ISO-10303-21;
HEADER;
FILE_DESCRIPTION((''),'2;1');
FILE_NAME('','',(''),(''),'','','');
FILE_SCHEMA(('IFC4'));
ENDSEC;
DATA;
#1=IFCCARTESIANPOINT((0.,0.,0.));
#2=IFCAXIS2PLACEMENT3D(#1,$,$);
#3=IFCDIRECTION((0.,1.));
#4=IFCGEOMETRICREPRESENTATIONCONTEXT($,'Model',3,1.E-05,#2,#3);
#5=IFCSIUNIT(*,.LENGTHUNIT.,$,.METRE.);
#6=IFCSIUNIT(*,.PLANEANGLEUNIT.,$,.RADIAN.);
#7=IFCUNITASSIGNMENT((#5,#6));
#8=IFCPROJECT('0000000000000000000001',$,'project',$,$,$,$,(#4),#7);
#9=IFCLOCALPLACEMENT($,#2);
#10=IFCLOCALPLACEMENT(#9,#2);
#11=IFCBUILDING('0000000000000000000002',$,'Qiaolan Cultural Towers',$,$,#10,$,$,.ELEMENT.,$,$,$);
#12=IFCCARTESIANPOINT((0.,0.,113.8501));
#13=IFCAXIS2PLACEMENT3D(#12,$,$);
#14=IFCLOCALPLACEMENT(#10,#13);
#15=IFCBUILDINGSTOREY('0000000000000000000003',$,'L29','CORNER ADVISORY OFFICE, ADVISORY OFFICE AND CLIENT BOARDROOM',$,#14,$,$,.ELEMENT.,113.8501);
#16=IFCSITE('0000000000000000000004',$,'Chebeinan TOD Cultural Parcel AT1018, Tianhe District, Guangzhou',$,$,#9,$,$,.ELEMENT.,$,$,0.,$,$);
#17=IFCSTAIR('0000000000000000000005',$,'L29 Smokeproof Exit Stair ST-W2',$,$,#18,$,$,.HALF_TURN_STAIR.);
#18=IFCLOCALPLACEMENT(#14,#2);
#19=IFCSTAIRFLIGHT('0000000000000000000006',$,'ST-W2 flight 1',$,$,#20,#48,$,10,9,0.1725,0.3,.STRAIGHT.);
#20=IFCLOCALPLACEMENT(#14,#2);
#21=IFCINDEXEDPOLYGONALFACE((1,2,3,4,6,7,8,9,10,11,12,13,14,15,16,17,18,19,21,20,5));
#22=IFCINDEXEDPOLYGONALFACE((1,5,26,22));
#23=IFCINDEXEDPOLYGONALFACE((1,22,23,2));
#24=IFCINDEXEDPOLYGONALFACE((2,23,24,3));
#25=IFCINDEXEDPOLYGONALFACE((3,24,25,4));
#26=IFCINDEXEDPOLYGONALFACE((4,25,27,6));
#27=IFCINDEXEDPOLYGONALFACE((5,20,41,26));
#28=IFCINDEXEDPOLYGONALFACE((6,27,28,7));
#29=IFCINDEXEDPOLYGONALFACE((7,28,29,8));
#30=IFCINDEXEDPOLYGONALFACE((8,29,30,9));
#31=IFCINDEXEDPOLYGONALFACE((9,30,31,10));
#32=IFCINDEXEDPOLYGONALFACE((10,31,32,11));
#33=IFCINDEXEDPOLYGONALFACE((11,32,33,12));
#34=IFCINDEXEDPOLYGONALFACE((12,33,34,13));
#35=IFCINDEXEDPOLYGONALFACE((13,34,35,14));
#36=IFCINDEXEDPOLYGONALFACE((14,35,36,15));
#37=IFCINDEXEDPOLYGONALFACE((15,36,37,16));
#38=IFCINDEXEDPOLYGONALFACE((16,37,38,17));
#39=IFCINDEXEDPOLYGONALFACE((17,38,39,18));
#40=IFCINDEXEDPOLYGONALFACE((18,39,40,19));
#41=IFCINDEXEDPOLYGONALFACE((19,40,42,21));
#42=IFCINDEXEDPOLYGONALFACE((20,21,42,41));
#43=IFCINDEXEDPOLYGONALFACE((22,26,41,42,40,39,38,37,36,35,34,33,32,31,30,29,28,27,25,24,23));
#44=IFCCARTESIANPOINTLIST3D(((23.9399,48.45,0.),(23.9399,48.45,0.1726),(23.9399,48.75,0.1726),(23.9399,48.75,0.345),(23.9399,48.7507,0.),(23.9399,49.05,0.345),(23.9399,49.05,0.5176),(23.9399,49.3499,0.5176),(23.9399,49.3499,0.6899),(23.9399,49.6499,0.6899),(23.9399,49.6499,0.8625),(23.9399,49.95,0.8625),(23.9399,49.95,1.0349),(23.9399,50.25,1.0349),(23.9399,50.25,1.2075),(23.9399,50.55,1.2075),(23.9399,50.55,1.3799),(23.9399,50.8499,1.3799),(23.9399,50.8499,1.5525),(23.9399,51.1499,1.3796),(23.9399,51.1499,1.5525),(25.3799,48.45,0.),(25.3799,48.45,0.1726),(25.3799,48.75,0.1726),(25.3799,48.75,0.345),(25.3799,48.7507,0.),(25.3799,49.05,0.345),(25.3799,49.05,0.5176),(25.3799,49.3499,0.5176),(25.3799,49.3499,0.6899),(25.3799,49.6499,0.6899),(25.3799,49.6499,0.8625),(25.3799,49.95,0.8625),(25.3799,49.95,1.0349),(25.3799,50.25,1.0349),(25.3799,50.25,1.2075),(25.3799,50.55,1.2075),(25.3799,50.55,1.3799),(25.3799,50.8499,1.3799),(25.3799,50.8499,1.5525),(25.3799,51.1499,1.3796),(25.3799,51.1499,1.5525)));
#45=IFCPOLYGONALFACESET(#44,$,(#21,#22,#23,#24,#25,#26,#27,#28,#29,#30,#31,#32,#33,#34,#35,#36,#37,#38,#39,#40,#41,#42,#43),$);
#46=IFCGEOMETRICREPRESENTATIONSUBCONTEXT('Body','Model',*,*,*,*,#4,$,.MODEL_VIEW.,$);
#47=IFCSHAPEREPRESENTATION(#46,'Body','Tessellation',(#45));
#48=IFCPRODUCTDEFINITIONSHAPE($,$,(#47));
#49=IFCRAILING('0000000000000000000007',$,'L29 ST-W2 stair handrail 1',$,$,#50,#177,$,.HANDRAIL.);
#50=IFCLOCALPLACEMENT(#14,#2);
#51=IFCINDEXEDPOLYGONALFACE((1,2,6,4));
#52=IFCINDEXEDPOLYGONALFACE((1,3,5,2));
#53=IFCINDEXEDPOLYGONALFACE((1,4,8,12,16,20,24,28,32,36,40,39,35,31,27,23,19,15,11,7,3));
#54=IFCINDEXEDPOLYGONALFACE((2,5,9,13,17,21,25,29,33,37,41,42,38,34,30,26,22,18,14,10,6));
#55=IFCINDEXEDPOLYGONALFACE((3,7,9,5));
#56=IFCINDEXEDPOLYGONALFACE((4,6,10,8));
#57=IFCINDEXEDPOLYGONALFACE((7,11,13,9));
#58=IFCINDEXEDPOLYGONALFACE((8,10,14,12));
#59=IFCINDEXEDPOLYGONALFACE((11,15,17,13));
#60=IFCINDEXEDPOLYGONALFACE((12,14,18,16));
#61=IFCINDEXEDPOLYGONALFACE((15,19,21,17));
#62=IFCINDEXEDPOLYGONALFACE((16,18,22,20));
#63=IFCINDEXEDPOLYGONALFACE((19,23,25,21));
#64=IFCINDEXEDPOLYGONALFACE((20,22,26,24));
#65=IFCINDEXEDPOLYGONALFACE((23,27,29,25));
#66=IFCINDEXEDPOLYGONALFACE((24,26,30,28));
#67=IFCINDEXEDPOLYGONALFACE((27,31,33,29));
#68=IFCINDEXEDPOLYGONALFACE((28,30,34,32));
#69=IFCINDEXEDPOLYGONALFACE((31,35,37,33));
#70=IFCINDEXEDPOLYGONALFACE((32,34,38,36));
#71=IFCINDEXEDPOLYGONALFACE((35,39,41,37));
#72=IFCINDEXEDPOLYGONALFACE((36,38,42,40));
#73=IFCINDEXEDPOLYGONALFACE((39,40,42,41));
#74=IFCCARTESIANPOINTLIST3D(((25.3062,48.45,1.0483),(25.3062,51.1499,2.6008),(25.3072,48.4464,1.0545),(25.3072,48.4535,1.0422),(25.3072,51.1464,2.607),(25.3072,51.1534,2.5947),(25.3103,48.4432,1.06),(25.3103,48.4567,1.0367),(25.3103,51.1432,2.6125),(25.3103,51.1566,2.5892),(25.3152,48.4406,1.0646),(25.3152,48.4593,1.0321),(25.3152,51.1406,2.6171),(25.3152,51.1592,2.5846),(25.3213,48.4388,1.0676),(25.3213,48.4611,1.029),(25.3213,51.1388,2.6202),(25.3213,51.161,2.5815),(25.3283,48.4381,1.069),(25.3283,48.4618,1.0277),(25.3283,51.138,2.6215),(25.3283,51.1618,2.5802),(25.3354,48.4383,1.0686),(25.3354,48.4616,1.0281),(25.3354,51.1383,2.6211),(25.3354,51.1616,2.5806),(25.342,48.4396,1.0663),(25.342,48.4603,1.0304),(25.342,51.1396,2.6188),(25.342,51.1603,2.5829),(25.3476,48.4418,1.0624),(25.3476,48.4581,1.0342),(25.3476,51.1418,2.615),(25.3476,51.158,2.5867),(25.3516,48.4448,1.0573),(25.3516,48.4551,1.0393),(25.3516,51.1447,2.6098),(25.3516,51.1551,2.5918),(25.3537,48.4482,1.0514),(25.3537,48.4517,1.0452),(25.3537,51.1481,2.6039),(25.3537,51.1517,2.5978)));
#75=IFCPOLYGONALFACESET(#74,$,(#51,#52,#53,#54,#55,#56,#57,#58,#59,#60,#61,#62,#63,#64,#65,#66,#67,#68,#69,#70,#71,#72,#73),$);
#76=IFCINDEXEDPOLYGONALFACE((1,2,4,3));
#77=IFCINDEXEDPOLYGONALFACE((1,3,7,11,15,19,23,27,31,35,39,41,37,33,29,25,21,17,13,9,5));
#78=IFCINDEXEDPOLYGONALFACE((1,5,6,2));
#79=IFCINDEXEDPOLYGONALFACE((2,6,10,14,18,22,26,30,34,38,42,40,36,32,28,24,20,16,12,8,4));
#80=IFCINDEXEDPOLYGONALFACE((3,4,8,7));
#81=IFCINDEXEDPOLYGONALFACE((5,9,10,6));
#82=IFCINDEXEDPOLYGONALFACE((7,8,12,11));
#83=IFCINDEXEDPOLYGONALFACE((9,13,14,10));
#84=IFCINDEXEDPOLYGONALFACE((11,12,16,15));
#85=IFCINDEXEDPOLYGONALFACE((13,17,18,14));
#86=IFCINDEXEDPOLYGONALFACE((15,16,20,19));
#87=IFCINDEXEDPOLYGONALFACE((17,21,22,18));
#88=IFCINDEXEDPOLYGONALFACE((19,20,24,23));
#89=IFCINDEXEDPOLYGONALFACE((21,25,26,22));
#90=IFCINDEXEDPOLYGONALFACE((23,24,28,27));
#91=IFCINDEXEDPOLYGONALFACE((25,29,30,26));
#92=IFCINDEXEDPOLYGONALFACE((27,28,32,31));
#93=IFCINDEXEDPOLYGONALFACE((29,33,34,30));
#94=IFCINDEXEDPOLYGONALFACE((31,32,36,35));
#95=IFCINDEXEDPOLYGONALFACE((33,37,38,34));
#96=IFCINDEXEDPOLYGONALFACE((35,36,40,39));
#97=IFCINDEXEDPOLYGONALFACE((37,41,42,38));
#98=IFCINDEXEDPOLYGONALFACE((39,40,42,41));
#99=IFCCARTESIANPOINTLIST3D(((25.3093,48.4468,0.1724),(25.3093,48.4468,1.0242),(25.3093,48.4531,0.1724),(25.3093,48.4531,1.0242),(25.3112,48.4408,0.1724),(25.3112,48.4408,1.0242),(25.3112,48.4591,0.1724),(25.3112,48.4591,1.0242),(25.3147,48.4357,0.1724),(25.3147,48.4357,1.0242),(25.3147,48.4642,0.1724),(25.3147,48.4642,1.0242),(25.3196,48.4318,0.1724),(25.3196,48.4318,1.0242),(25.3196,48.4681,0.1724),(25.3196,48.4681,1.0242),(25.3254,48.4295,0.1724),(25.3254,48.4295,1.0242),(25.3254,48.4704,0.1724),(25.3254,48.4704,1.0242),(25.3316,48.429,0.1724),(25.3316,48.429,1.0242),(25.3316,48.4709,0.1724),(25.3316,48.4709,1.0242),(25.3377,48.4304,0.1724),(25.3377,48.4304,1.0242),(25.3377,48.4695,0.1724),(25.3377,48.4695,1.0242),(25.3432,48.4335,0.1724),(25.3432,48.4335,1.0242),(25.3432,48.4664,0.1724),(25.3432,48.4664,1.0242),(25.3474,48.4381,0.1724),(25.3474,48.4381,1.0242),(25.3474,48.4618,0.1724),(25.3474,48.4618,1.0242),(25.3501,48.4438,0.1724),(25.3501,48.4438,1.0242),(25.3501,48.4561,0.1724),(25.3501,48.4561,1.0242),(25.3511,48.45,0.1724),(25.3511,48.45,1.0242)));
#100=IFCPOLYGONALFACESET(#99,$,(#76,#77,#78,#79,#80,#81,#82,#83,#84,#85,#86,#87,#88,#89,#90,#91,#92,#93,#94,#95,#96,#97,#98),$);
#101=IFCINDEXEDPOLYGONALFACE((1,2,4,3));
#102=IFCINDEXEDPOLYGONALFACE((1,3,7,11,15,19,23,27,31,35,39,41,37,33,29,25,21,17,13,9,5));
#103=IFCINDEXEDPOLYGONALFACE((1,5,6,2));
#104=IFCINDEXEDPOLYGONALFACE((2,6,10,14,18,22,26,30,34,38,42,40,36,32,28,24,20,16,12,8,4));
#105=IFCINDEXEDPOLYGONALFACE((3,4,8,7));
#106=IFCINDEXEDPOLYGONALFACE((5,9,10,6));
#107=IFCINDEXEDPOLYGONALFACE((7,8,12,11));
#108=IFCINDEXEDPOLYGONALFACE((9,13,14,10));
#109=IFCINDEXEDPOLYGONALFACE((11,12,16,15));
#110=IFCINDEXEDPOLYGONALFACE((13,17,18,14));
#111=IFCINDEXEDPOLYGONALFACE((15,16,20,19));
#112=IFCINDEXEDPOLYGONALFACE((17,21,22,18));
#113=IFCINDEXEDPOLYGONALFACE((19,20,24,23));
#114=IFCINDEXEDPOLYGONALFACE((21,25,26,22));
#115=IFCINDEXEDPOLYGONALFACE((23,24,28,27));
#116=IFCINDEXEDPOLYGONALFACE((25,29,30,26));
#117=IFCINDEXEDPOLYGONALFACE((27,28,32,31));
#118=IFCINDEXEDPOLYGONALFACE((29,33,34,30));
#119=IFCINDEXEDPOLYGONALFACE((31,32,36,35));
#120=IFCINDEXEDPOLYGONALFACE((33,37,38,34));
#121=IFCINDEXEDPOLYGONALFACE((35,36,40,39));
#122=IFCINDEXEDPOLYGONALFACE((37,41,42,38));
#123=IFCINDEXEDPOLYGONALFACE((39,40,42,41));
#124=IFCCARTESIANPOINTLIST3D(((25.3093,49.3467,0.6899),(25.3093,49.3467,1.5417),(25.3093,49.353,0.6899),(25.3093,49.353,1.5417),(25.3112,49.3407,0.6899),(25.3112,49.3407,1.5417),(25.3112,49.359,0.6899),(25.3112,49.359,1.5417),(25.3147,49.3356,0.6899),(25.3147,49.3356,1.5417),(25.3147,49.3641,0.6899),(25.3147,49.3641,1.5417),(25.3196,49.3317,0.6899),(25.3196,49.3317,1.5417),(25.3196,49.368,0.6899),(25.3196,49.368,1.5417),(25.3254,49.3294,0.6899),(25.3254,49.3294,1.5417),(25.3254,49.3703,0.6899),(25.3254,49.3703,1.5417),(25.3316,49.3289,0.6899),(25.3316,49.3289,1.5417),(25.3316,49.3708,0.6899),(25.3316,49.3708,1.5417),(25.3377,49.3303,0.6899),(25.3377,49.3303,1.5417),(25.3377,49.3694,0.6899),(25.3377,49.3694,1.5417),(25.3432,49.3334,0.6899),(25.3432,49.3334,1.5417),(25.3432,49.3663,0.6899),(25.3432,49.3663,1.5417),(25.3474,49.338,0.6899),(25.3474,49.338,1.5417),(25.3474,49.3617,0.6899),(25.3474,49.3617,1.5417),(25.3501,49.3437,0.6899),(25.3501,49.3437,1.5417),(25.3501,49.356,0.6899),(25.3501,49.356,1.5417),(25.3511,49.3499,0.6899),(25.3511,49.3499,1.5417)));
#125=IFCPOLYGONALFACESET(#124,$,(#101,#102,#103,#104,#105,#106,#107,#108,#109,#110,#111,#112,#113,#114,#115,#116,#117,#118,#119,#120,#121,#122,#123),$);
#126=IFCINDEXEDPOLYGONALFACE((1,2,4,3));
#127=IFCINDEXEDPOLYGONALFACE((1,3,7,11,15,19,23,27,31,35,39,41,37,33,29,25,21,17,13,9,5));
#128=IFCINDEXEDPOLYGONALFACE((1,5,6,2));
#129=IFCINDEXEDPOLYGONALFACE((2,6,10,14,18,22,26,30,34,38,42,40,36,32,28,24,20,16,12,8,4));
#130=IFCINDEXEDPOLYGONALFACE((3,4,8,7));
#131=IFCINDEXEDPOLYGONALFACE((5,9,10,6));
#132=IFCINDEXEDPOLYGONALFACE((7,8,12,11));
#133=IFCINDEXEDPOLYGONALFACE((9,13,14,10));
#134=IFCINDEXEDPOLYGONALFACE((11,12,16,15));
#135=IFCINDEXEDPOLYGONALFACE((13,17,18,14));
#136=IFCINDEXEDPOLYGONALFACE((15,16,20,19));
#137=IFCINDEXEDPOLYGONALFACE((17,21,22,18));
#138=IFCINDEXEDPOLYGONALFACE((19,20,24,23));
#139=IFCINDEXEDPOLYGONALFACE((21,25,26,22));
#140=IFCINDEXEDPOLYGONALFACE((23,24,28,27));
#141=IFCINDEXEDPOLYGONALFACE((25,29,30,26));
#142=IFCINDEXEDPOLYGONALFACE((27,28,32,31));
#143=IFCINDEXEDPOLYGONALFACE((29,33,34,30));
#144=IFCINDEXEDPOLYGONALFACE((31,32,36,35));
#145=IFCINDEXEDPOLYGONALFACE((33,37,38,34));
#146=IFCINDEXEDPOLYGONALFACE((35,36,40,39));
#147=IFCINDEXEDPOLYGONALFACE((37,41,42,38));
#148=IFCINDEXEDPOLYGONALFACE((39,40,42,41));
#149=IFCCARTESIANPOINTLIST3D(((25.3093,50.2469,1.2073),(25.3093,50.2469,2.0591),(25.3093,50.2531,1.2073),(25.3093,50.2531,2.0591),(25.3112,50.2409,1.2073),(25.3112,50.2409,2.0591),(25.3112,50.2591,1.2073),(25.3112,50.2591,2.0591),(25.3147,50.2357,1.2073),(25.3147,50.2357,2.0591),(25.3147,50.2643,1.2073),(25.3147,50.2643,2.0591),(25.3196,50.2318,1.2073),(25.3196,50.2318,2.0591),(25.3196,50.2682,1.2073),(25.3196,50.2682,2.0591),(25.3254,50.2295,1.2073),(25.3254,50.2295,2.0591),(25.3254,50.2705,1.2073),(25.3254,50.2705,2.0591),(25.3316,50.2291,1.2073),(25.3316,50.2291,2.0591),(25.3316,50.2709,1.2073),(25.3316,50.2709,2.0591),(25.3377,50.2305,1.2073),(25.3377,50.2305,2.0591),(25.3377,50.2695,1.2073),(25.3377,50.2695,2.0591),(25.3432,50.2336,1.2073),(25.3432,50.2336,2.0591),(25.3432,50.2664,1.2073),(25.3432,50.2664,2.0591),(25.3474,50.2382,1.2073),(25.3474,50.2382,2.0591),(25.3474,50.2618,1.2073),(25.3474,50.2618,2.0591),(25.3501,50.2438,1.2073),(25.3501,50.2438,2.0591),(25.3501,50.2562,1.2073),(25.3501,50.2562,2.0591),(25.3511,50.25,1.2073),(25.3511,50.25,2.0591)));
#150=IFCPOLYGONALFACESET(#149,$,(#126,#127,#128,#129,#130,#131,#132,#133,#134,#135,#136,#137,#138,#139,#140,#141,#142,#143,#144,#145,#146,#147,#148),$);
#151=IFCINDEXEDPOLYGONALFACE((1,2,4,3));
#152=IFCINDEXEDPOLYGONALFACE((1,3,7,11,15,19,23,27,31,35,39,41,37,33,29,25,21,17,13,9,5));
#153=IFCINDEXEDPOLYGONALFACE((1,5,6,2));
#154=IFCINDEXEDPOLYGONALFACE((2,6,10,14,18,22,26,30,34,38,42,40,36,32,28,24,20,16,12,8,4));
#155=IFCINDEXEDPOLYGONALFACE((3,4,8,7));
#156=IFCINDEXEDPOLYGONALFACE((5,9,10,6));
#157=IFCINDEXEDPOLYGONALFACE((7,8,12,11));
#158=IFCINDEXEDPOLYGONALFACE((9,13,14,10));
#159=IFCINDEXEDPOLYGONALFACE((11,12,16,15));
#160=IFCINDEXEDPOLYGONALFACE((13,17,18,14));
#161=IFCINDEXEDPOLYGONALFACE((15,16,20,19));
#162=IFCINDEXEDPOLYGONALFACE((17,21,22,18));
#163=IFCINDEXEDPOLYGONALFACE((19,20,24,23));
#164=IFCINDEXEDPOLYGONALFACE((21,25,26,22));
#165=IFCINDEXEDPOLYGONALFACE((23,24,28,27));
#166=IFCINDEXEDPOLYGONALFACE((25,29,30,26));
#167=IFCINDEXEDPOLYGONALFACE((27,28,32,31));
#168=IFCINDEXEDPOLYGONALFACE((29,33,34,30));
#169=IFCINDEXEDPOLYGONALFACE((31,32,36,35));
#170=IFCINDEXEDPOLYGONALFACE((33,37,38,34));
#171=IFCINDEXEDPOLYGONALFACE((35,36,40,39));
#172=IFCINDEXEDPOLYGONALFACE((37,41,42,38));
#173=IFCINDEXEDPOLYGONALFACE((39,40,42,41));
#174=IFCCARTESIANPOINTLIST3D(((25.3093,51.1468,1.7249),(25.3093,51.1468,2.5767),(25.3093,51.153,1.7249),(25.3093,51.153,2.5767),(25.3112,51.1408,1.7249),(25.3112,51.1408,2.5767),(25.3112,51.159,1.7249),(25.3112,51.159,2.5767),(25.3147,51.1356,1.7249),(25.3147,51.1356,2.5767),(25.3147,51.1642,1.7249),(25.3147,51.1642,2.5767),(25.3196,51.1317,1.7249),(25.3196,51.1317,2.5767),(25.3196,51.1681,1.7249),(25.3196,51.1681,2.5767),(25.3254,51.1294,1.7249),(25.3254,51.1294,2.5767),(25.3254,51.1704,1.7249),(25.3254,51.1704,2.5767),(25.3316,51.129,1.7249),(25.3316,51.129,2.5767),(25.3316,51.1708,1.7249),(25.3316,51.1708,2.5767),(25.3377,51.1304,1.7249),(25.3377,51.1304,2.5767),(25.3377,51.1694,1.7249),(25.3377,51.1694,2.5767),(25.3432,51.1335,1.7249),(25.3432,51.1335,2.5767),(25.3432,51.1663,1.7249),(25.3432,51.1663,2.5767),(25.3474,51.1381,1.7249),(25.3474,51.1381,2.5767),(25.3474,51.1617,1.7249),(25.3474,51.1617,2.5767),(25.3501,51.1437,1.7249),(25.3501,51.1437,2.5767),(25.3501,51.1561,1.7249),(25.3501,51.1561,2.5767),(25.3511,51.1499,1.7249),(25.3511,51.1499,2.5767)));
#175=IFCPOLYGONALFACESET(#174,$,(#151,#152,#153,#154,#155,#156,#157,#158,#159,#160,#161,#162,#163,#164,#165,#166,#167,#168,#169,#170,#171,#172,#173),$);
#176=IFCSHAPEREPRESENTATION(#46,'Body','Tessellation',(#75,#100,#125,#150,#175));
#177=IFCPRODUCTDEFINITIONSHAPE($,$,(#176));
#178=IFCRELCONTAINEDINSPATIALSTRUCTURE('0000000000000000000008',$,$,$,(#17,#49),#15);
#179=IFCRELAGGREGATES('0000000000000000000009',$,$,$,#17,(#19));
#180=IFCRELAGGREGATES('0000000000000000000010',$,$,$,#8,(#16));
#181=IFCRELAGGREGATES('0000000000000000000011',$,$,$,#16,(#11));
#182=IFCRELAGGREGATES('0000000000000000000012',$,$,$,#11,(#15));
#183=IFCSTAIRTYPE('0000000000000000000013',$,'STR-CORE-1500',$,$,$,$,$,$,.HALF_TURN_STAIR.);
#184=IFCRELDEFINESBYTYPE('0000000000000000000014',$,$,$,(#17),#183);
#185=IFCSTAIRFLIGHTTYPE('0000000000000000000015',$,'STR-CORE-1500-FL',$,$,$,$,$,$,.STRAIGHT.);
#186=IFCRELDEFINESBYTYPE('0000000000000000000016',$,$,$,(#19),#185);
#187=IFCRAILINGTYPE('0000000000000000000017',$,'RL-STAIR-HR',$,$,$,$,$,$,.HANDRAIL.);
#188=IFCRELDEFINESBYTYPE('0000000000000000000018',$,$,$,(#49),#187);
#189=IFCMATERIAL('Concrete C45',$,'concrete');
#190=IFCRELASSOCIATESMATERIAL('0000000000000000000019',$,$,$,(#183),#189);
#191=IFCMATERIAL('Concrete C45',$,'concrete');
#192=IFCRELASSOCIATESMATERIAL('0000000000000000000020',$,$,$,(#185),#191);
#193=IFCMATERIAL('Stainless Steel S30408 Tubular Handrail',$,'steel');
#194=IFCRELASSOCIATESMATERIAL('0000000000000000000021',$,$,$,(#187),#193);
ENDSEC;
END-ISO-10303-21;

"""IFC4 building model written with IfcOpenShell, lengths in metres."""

from ifc_helpers import new_model, si_unit, direction, frame, origin, origin_2d, place, context, subcontext, project, spatial, polyline, circle, outline, extrude, material, type_object, element, aggregate, save


model = new_model("IFC4")

# Units and contexts
model_context = context("Model", 3, precision=1e-05, world=origin(), true_north=direction((0.0, 1.0)))
body_context = subcontext(model_context, "Body", "Model", "MODEL_VIEW")
ifc_project = project(units=[si_unit("LENGTHUNIT", "METRE"), si_unit("PLANEANGLEUNIT", "RADIAN")], contexts=[model_context])

# Site, building, storey
site_placement = place(None, origin())
site = spatial("IfcSite", under=ifc_project, at=site_placement, Name="Chebeinan TOD Cultural Parcel AT1018, Tianhe District, Guangzhou", CompositionType="ELEMENT", RefElevation=0.0)
building_placement = place(site_placement, origin())
building = spatial("IfcBuilding", under=site, at=building_placement, Name="Qiaolan Cultural Towers", CompositionType="ELEMENT")
storey_placement = place(building_placement, frame((0.0, 0.0, 113.8501)))
storey = spatial("IfcBuildingStorey", under=building, at=storey_placement, Name="L29", Description="CORNER ADVISORY OFFICE, ADVISORY OFFICE AND CLIENT BOARDROOM", CompositionType="ELEMENT", Elevation=113.8501)

# Stair, stair flight
ifc_material_1 = material(Name="Concrete C45", Category="concrete")
stair_type = type_object("IfcStairType", Name="STR-CORE-1500", PredefinedType="HALF_TURN_STAIR", material=ifc_material_1)
stair_placement = place(storey_placement, origin())
stair = element("IfcStair", 1, at=stair_placement, inside=storey, type_object=stair_type, Name="L29 Smokeproof Exit Stair ST-W2", PredefinedType="HALF_TURN_STAIR")
ifc_material_2 = material(Name="Concrete C45", Category="concrete")
stair_flight_type = type_object("IfcStairFlightType", Name="STR-CORE-1500-FL", PredefinedType="STRAIGHT", material=ifc_material_2)
stair_flight_placement = place(storey_placement, frame((24.6599, 48.45, 0.0), z_axis=(0.0, 0.0, 1.0), x_axis=(0.0, 1.0, 0.0)))
stair_flight = element("IfcStairFlight", 2, at=stair_flight_placement, type_object=stair_flight_type, Name="ST-W2 flight 1", NumberOfRisers=10, NumberOfTreads=9, PredefinedType="STRAIGHT", RiserHeight=0.1725, TreadLength=0.3, context=body_context, shape_type="SweptSolid", body=[
    extrude(outline(polyline([(0.0, 0.0), (0.0, 0.1726), (0.3, 0.1726), (0.3, 0.345), (0.6001, 0.345), (0.6001, 0.5176), (0.8999, 0.5176), (0.8999, 0.6899), (1.2, 0.6899), (1.2, 0.8625), (1.5, 0.8625), (1.5, 1.0349), (1.8, 1.0349), (1.8, 1.2075), (2.1001, 1.2075), (2.1001, 1.3799), (2.3999, 1.3799), (2.3999, 1.5525), (2.7, 1.5525), (2.7, 1.7251), (2.7, 1.3796), (0.3008, 0.0), (0.0, 0.0)])), frame((0.0, 0.72, 0.0), z_axis=(0.0, -1.0, 0.0), x_axis=(1.0, 0.0, 0.0)), (0.0, 0.0, 1.0), 1.4399),
])
aggregate(stair, [stair_flight])

# Railing
ifc_material_3 = material(Name="Stainless Steel S30408 Tubular Handrail", Category="steel")
railing_type = type_object("IfcRailingType", Name="RL-STAIR-HR", PredefinedType="HANDRAIL", material=ifc_material_3)
railing_placement = place(storey_placement, frame((25.3301, 48.45, 0.1724)))
element("IfcRailing", 3, at=railing_placement, inside=storey, type_object=railing_type, Name="L29 ST-W2 stair handrail 1", PredefinedType="HANDRAIL", context=body_context, shape_type="SweptSolid", body=[
    extrude(circle(Radius=0.0239, at=origin_2d()), frame((0.0, 0.0, 0.876), z_axis=(0.0, 0.866904, 0.498476), x_axis=(-1.0, 0.0, 0.0)), (0.0, 0.0, 1.0), 3.1145),
    extrude(circle(Radius=0.021, at=origin_2d()), origin(), (0.0, 0.0, 1.0), 0.8518),
    extrude(circle(Radius=0.021, at=origin_2d()), frame((0.0, 0.8999, 0.5176)), (0.0, 0.0, 1.0), 0.8518),
    extrude(circle(Radius=0.021, at=origin_2d()), frame((0.0, 1.8, 1.0349)), (0.0, 0.0, 1.0), 0.8518),
    extrude(circle(Radius=0.021, at=origin_2d()), frame((0.0, 2.7, 1.5525)), (0.0, 0.0, 1.0), 0.8518),
])

save(model, "model.ifc")
